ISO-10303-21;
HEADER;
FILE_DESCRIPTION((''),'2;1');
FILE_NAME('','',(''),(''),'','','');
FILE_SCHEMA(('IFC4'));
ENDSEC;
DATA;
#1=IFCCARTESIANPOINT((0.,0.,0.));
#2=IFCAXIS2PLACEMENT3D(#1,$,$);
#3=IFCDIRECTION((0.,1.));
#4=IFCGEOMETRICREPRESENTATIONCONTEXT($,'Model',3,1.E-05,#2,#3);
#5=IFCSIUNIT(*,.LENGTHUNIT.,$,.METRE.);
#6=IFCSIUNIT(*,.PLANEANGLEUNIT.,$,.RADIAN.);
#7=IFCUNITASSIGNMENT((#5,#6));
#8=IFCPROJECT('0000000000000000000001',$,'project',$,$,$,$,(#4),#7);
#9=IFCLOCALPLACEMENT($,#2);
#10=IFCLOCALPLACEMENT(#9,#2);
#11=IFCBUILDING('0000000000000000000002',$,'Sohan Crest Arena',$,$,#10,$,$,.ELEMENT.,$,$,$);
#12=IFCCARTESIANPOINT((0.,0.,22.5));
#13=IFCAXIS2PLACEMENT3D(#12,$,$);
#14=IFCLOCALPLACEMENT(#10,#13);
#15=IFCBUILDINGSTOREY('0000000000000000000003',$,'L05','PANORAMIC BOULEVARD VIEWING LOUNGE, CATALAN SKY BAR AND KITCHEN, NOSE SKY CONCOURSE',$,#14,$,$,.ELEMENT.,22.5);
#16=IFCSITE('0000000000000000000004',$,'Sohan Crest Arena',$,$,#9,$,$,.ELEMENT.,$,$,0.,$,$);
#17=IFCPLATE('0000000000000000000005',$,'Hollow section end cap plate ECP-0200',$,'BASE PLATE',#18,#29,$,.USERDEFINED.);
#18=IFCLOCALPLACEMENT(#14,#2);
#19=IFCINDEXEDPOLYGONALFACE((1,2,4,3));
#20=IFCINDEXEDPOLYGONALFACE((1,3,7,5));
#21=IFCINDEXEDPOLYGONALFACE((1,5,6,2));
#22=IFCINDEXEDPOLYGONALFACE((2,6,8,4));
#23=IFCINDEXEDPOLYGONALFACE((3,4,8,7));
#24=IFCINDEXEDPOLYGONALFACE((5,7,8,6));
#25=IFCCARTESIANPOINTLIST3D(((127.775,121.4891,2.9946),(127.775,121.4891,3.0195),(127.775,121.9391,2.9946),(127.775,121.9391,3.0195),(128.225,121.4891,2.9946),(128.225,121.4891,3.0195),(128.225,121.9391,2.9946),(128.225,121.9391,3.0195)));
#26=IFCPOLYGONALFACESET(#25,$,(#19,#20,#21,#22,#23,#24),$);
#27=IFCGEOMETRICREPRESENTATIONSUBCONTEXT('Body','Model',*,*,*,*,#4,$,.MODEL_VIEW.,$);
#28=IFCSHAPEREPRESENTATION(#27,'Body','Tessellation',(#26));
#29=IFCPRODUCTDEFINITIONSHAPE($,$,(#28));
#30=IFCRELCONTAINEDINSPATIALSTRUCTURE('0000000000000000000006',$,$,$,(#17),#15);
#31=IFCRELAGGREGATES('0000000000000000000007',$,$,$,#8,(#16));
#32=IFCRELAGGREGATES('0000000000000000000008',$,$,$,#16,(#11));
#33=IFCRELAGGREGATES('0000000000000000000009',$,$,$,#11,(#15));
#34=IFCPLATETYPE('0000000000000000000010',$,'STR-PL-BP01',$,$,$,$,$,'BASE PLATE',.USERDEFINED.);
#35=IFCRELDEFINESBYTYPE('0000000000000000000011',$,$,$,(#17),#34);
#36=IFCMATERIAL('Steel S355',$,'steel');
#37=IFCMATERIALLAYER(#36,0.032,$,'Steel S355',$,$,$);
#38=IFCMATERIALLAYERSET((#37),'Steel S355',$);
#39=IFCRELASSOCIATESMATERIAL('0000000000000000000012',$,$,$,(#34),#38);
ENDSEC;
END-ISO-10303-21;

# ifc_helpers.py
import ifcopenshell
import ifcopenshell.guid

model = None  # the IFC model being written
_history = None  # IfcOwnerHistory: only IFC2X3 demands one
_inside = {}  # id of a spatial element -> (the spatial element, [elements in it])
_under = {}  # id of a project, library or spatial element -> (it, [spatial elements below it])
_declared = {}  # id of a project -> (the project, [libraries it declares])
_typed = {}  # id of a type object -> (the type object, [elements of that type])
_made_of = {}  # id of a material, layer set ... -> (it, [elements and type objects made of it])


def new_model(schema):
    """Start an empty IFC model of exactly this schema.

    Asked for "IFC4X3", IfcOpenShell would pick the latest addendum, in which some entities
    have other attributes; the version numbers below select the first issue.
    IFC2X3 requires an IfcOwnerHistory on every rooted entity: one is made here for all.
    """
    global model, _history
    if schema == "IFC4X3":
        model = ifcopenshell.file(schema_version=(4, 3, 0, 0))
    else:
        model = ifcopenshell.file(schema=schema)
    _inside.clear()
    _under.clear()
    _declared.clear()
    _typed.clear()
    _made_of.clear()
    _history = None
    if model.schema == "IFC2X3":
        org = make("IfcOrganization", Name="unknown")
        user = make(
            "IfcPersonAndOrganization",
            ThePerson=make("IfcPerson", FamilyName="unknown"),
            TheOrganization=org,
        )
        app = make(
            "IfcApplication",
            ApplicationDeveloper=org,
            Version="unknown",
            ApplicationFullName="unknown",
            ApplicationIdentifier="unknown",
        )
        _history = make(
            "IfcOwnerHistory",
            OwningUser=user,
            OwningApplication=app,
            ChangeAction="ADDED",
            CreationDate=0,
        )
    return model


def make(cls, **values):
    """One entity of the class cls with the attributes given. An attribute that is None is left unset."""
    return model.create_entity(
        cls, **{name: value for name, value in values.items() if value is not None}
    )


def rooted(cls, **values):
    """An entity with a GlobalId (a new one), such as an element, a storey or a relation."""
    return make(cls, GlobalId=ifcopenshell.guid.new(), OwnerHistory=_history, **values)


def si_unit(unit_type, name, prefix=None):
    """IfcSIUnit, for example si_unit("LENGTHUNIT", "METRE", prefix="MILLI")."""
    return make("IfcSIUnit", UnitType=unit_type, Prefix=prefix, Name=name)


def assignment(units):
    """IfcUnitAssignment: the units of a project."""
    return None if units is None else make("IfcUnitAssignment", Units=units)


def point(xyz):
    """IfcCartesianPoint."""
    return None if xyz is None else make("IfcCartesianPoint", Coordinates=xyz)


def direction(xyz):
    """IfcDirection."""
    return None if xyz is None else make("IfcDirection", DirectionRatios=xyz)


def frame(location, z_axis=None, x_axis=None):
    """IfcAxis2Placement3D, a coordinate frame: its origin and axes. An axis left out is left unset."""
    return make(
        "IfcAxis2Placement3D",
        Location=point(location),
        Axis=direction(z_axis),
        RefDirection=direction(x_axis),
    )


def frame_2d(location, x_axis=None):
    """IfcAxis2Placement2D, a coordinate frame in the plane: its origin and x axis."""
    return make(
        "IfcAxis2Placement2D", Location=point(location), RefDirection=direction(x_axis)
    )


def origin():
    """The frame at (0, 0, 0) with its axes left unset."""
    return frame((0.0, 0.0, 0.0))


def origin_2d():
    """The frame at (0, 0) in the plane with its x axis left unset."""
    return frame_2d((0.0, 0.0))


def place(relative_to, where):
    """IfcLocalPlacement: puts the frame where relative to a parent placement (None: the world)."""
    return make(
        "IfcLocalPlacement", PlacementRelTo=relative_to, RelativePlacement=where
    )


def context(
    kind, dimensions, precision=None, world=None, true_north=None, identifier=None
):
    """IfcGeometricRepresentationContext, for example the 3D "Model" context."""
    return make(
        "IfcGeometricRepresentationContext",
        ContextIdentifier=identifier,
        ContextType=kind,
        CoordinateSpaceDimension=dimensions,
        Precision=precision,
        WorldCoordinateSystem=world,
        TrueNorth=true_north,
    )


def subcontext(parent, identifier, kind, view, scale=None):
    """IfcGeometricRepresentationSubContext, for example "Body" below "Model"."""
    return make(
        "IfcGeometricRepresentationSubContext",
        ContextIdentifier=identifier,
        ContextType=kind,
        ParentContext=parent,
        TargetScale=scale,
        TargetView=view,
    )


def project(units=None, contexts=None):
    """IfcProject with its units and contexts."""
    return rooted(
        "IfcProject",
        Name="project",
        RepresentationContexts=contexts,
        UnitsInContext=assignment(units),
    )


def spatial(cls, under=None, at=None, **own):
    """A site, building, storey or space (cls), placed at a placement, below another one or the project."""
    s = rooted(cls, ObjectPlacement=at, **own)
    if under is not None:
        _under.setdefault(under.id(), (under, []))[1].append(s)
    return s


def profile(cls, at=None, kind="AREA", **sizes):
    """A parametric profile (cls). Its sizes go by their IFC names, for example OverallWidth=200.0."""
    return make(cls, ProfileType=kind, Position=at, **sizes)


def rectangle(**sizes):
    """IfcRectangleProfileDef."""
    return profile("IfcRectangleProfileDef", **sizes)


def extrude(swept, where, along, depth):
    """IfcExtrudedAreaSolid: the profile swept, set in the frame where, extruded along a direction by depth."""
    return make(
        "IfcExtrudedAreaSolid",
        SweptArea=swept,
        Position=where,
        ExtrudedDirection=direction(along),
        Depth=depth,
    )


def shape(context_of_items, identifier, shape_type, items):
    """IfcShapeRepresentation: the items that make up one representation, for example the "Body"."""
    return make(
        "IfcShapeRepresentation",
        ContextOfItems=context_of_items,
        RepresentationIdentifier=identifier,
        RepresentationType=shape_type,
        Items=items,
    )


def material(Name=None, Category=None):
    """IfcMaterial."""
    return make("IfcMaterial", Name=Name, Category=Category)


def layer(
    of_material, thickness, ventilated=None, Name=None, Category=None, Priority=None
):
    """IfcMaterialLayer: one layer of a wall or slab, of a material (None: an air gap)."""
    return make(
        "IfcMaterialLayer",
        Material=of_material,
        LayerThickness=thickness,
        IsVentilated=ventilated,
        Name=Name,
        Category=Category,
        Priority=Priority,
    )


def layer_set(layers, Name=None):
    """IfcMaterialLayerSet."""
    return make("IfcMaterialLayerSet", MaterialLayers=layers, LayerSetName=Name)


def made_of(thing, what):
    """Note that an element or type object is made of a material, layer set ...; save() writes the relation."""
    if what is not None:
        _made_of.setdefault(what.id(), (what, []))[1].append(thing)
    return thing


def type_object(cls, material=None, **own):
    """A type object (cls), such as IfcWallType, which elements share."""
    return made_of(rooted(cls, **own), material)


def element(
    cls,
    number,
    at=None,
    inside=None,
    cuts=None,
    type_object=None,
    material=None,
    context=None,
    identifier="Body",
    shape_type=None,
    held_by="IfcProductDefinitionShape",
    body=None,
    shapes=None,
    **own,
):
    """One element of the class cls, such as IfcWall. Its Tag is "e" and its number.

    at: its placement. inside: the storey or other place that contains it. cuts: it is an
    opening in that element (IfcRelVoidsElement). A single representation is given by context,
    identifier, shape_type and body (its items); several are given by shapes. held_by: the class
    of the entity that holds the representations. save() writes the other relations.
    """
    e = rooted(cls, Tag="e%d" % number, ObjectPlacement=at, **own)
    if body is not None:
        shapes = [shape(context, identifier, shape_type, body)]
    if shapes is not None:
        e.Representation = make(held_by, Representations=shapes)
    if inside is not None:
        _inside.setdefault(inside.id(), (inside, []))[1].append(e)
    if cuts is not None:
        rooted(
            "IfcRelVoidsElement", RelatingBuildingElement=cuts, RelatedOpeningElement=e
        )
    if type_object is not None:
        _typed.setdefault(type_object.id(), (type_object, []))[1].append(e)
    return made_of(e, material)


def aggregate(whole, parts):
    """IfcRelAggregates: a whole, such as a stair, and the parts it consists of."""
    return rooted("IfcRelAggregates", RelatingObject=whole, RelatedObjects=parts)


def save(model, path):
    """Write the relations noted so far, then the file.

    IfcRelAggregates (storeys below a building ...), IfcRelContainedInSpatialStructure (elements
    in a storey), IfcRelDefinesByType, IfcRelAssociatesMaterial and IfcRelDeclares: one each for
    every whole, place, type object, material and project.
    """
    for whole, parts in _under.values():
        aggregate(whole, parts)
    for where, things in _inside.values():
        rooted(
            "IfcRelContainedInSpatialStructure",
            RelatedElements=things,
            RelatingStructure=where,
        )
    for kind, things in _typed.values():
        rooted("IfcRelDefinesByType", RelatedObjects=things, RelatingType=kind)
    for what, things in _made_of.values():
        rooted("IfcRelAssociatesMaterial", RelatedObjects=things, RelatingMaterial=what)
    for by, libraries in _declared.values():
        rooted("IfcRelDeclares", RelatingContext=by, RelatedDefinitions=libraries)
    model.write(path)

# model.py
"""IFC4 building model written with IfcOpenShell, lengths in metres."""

from ifc_helpers import new_model, si_unit, direction, frame, origin, origin_2d, place, context, subcontext, project, spatial, rectangle, extrude, material, layer, layer_set, type_object, element, save


model = new_model("IFC4")

# Units and contexts
model_context = context("Model", 3, precision=1e-05, world=origin(), true_north=direction((0.0, 1.0)))
body_context = subcontext(model_context, "Body", "Model", "MODEL_VIEW")
ifc_project = project(units=[si_unit("LENGTHUNIT", "METRE"), si_unit("PLANEANGLEUNIT", "RADIAN")], contexts=[model_context])

# Site, building, storey
site_placement = place(None, origin())
site = spatial("IfcSite", under=ifc_project, at=site_placement, Name="Sohan Crest Arena", CompositionType="ELEMENT", RefElevation=0.0)
building_placement = place(site_placement, origin())
building = spatial("IfcBuilding", under=site, at=building_placement, Name="Sohan Crest Arena", CompositionType="ELEMENT")
storey_placement = place(building_placement, frame((0.0, 0.0, 22.5)))
storey = spatial("IfcBuildingStorey", under=building, at=storey_placement, Name="L05", Description="PANORAMIC BOULEVARD VIEWING LOUNGE, CATALAN SKY BAR AND KITCHEN, NOSE SKY CONCOURSE", CompositionType="ELEMENT", Elevation=22.5)

# Shared definitions
ifc_material_1 = material(Name="Steel S355", Category="steel")

# Plate
ifc_layer_1 = layer(ifc_material_1, 0.032, Name="Steel S355")
ifc_layer_set_1 = layer_set([ifc_layer_1], Name="Steel S355")
plate_type_1 = type_object("IfcPlateType", Name="STR-PL-BP01", ElementType="BASE PLATE", PredefinedType="USERDEFINED", material=ifc_layer_set_1)
plate_1_placement = place(storey_placement, frame((128.0, 121.7141, 2.9946), z_axis=(0.0, 0.0, 1.0), x_axis=(1.0, 0.0, 0.0)))
element("IfcPlate", 1, at=plate_1_placement, inside=storey, type_object=plate_type_1, Name="Hollow section end cap plate ECP-0200", ObjectType="BASE PLATE", PredefinedType="USERDEFINED", context=body_context, shape_type="SweptSolid", body=[
    extrude(rectangle(XDim=0.45, YDim=0.45, at=origin_2d()), origin(), (0.0, 0.0, 1.0), 0.0249),
])

save(model, "model.ifc")
